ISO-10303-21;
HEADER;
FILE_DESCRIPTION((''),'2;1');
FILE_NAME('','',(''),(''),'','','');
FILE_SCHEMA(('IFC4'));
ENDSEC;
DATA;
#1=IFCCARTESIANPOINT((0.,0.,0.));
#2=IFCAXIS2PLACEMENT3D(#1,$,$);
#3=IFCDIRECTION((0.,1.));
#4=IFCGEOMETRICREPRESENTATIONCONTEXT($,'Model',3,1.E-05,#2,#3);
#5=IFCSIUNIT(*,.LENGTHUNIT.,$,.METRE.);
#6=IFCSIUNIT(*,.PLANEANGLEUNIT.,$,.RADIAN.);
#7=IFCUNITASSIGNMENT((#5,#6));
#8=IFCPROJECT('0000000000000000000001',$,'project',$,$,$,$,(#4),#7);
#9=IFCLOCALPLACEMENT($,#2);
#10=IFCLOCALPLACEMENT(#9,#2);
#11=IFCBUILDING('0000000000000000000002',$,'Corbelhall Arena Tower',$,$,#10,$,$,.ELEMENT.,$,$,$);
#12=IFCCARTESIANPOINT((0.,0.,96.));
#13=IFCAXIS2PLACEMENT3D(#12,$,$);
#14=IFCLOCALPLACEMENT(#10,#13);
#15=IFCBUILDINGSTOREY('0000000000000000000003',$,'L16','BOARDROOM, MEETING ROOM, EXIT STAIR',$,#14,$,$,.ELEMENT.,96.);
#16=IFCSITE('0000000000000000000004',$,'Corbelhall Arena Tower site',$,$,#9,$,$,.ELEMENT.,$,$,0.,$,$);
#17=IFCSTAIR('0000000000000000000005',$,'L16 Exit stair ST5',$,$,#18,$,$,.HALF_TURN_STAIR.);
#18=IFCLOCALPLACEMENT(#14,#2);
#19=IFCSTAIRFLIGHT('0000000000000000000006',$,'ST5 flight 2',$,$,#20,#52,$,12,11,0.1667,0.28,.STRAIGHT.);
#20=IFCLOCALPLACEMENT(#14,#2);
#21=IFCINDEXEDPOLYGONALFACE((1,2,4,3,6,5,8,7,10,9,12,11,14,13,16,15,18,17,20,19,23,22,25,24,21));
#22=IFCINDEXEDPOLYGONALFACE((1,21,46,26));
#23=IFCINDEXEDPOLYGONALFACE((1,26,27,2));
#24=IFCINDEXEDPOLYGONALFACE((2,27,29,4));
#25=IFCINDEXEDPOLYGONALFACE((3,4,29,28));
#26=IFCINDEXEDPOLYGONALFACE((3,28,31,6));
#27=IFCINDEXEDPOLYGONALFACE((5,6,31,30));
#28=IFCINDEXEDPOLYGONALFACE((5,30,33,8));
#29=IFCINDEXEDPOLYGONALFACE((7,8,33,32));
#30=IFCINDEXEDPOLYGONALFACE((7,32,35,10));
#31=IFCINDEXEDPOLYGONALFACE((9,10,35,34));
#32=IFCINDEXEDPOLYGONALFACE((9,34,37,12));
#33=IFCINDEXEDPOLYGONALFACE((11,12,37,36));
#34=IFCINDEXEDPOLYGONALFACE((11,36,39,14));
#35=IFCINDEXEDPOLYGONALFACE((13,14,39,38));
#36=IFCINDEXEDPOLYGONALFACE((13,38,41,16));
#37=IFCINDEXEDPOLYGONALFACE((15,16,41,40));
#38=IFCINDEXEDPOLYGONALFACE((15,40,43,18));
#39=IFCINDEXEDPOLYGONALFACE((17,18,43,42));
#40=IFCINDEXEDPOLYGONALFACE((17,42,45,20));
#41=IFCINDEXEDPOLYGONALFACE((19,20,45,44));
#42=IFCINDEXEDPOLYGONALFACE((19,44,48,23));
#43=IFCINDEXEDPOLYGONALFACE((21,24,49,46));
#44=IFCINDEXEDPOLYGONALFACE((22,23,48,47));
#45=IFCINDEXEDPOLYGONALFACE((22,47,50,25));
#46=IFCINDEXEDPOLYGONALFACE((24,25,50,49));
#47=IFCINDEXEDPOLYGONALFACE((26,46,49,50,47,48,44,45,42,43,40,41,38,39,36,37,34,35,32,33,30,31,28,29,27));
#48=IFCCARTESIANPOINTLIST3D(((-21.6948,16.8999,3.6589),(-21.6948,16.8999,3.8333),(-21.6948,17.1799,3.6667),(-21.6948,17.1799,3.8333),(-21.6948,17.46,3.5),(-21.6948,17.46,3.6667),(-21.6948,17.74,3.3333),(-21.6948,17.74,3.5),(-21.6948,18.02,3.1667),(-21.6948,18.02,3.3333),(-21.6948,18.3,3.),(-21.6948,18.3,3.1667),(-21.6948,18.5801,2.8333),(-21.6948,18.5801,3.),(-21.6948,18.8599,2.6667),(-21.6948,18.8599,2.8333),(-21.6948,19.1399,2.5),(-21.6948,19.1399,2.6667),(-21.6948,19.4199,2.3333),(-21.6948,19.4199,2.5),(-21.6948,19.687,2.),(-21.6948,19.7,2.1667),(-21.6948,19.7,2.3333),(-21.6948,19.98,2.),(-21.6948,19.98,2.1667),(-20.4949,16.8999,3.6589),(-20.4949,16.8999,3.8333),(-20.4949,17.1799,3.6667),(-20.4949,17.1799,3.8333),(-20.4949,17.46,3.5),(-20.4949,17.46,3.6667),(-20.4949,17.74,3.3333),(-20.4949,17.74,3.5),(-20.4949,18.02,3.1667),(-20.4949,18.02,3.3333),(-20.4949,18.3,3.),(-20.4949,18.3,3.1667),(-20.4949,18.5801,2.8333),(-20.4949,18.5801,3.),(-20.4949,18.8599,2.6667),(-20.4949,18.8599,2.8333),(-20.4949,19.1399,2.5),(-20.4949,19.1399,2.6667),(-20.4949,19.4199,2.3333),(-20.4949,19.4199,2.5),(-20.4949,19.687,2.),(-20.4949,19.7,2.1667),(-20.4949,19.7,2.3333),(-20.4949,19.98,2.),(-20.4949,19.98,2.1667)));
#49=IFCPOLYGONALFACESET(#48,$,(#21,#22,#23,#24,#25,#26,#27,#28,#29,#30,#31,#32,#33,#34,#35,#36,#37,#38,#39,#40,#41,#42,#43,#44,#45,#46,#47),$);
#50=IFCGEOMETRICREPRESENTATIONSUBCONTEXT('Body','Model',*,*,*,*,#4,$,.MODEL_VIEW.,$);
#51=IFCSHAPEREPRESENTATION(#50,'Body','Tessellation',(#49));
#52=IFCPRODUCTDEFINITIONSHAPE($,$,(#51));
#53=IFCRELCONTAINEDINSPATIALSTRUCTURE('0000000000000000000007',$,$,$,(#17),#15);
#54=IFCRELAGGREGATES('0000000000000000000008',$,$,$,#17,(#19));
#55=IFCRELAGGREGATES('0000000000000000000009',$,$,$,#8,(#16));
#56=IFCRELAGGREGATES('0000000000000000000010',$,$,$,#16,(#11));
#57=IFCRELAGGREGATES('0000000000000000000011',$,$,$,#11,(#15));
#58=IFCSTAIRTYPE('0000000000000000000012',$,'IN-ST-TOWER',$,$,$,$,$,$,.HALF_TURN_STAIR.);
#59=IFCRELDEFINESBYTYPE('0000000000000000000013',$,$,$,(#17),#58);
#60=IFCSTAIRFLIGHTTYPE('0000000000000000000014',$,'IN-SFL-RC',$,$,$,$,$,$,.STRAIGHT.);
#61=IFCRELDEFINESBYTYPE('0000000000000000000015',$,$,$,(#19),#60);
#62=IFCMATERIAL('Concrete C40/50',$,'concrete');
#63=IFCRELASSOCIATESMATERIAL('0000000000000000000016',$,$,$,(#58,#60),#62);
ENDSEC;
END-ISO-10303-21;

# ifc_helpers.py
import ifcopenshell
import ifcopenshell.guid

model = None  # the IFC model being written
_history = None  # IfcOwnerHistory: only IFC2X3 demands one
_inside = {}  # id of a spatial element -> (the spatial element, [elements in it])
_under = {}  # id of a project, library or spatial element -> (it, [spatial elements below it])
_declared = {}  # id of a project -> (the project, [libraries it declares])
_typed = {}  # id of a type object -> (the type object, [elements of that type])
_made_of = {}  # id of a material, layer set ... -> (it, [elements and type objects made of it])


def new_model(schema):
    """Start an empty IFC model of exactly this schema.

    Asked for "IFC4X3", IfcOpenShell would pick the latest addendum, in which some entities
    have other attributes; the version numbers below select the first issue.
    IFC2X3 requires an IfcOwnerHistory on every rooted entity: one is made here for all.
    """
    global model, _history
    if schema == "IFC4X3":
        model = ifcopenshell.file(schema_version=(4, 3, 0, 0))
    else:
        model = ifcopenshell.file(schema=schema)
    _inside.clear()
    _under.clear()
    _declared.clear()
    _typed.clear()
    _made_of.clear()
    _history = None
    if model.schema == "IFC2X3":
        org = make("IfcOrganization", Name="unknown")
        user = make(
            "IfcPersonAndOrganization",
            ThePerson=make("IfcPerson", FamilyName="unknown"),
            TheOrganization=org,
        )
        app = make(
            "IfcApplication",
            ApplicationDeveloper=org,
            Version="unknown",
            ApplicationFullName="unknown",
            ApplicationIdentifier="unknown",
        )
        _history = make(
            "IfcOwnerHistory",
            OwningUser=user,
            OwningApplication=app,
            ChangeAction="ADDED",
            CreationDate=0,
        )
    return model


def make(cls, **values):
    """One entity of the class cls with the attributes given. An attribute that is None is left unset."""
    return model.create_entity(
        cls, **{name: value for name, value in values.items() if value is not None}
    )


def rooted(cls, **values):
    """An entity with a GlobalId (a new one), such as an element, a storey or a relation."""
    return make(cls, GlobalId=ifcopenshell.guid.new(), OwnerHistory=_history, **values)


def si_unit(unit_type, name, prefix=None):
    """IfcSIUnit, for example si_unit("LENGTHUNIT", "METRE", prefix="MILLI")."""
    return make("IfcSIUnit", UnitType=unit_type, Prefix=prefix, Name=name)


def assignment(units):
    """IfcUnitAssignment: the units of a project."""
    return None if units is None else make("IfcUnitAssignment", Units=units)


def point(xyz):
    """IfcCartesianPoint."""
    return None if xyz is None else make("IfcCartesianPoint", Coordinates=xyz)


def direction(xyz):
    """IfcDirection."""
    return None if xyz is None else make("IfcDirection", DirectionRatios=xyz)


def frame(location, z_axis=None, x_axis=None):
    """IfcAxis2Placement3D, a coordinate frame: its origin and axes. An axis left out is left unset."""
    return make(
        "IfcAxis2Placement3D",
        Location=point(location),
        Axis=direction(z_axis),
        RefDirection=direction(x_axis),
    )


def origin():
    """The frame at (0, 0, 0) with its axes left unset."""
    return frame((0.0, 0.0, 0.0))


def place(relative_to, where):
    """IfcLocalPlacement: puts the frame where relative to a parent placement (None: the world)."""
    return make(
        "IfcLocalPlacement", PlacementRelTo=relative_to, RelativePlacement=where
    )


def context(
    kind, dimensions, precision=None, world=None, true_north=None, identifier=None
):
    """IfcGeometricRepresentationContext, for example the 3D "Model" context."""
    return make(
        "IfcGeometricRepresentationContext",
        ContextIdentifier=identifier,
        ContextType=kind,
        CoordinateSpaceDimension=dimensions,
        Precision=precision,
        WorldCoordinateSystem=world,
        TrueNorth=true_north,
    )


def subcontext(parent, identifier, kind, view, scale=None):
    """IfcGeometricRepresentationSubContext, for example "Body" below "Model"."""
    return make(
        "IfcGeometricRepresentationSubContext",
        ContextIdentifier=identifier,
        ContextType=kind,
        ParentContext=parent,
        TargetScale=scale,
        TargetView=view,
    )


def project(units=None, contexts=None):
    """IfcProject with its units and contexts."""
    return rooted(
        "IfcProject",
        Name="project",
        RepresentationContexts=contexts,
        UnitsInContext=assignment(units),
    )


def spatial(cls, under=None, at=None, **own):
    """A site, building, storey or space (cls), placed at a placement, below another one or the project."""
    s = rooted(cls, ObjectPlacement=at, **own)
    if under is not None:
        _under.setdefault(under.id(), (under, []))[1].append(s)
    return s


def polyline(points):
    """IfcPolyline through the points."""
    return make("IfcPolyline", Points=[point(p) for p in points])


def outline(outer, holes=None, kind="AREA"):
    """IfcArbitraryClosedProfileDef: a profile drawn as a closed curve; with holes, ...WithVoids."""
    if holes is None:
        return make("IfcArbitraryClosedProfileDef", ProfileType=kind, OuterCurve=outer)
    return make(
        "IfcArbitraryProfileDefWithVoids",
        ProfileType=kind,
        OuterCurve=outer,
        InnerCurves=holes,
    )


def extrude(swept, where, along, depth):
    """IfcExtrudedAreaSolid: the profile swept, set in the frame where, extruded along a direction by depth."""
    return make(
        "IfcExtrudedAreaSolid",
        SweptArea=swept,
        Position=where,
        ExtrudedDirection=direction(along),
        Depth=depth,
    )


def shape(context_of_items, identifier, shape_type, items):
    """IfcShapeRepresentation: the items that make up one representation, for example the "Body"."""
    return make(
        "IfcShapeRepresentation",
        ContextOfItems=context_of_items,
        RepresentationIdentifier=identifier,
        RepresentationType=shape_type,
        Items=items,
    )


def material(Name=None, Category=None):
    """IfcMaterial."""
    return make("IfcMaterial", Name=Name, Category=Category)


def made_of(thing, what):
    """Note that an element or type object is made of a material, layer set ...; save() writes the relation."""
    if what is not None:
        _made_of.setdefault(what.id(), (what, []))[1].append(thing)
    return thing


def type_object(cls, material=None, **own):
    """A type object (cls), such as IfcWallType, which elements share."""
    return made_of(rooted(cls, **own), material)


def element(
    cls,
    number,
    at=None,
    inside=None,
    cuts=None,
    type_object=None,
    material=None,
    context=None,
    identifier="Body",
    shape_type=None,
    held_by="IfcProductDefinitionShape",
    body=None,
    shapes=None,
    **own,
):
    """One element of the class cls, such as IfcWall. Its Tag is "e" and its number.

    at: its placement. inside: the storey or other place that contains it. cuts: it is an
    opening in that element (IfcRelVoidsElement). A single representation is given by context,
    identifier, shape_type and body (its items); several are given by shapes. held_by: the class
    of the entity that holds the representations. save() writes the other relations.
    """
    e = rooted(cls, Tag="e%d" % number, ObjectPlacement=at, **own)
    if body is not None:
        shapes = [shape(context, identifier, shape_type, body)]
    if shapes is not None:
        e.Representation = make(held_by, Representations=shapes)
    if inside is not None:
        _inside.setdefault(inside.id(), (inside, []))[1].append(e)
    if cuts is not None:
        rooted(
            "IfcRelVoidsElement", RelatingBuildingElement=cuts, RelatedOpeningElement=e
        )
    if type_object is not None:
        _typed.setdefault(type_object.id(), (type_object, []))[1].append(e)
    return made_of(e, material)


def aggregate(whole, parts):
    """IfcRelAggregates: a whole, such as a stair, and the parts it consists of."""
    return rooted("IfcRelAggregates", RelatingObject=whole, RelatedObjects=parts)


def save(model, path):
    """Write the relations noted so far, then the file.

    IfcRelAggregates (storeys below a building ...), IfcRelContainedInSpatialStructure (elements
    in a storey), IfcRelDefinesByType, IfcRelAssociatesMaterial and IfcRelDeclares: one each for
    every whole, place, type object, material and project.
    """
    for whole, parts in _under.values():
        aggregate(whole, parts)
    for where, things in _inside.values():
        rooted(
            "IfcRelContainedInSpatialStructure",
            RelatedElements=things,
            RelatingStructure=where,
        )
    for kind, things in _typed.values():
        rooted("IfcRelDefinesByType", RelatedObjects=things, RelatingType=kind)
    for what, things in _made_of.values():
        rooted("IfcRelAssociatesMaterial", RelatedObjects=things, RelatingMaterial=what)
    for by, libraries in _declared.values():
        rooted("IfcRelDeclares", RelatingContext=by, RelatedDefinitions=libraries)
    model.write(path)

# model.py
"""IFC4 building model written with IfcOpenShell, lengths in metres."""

from ifc_helpers import new_model, si_unit, direction, frame, origin, place, context, subcontext, project, spatial, polyline, outline, extrude, material, type_object, element, aggregate, save


model = new_model("IFC4")

# Units and contexts
model_context = context("Model", 3, precision=1e-05, world=origin(), true_north=direction((0.0, 1.0)))
body_context = subcontext(model_context, "Body", "Model", "MODEL_VIEW")
ifc_project = project(units=[si_unit("LENGTHUNIT", "METRE"), si_unit("PLANEANGLEUNIT", "RADIAN")], contexts=[model_context])

# Site, building, storey
site_placement = place(None, origin())
site = spatial("IfcSite", under=ifc_project, at=site_placement, Name="Corbelhall Arena Tower site", CompositionType="ELEMENT", RefElevation=0.0)
building_placement = place(site_placement, origin())
building = spatial("IfcBuilding", under=site, at=building_placement, Name="Corbelhall Arena Tower", CompositionType="ELEMENT")
storey_placement = place(building_placement, frame((0.0, 0.0, 96.0)))
storey = spatial("IfcBuildingStorey", under=building, at=storey_placement, Name="L16", Description="BOARDROOM, MEETING ROOM, EXIT STAIR", CompositionType="ELEMENT", Elevation=96.0)

# Shared definitions
ifc_material_1 = material(Name="Concrete C40/50", Category="concrete")

# Stair, stair flight
stair_type = type_object("IfcStairType", Name="IN-ST-TOWER", PredefinedType="HALF_TURN_STAIR", material=ifc_material_1)
stair_placement = place(storey_placement, origin())
stair = element("IfcStair", 1, at=stair_placement, inside=storey, type_object=stair_type, Name="L16 Exit stair ST5", PredefinedType="HALF_TURN_STAIR")
stair_flight_type = type_object("IfcStairFlightType", Name="IN-SFL-RC", PredefinedType="STRAIGHT", material=ifc_material_1)
stair_flight_placement = place(storey_placement, frame((-21.095, 19.98, 2.0), z_axis=(0.0, 0.0, 1.0), x_axis=(0.0, -1.0, 0.0)))
stair_flight = element("IfcStairFlight", 2, at=stair_flight_placement, type_object=stair_flight_type, Name="ST5 flight 2", NumberOfRisers=12, NumberOfTreads=11, PredefinedType="STRAIGHT", RiserHeight=0.1667, TreadLength=0.28, context=body_context, shape_type="SweptSolid", body=[
    extrude(outline(polyline([(0.0, 0.0), (0.0, 0.1667), (0.28, 0.1667), (0.28, 0.3333), (0.5601, 0.3333), (0.5601, 0.5), (0.8401, 0.5), (0.8401, 0.6667), (1.1201, 0.6667), (1.1201, 0.8333), (1.3999, 0.8333), (1.3999, 1.0), (1.6799, 1.0), (1.6799, 1.1667), (1.96, 1.1667), (1.96, 1.3333), (2.24, 1.3333), (2.24, 1.5), (2.52, 1.5), (2.52, 1.6667), (2.8, 1.6667), (2.8, 1.8333), (3.0801, 1.8333), (3.0801, 2.0), (3.0801, 1.6589), (0.293, 0.0), (0.0, 0.0)])), frame((0.0, 0.6001, 0.0), z_axis=(0.0, -1.0, 0.0), x_axis=(1.0, 0.0, 0.0)), (0.0, 0.0, 1.0), 1.2),
])
aggregate(stair, [stair_flight])

save(model, "model.ifc")
